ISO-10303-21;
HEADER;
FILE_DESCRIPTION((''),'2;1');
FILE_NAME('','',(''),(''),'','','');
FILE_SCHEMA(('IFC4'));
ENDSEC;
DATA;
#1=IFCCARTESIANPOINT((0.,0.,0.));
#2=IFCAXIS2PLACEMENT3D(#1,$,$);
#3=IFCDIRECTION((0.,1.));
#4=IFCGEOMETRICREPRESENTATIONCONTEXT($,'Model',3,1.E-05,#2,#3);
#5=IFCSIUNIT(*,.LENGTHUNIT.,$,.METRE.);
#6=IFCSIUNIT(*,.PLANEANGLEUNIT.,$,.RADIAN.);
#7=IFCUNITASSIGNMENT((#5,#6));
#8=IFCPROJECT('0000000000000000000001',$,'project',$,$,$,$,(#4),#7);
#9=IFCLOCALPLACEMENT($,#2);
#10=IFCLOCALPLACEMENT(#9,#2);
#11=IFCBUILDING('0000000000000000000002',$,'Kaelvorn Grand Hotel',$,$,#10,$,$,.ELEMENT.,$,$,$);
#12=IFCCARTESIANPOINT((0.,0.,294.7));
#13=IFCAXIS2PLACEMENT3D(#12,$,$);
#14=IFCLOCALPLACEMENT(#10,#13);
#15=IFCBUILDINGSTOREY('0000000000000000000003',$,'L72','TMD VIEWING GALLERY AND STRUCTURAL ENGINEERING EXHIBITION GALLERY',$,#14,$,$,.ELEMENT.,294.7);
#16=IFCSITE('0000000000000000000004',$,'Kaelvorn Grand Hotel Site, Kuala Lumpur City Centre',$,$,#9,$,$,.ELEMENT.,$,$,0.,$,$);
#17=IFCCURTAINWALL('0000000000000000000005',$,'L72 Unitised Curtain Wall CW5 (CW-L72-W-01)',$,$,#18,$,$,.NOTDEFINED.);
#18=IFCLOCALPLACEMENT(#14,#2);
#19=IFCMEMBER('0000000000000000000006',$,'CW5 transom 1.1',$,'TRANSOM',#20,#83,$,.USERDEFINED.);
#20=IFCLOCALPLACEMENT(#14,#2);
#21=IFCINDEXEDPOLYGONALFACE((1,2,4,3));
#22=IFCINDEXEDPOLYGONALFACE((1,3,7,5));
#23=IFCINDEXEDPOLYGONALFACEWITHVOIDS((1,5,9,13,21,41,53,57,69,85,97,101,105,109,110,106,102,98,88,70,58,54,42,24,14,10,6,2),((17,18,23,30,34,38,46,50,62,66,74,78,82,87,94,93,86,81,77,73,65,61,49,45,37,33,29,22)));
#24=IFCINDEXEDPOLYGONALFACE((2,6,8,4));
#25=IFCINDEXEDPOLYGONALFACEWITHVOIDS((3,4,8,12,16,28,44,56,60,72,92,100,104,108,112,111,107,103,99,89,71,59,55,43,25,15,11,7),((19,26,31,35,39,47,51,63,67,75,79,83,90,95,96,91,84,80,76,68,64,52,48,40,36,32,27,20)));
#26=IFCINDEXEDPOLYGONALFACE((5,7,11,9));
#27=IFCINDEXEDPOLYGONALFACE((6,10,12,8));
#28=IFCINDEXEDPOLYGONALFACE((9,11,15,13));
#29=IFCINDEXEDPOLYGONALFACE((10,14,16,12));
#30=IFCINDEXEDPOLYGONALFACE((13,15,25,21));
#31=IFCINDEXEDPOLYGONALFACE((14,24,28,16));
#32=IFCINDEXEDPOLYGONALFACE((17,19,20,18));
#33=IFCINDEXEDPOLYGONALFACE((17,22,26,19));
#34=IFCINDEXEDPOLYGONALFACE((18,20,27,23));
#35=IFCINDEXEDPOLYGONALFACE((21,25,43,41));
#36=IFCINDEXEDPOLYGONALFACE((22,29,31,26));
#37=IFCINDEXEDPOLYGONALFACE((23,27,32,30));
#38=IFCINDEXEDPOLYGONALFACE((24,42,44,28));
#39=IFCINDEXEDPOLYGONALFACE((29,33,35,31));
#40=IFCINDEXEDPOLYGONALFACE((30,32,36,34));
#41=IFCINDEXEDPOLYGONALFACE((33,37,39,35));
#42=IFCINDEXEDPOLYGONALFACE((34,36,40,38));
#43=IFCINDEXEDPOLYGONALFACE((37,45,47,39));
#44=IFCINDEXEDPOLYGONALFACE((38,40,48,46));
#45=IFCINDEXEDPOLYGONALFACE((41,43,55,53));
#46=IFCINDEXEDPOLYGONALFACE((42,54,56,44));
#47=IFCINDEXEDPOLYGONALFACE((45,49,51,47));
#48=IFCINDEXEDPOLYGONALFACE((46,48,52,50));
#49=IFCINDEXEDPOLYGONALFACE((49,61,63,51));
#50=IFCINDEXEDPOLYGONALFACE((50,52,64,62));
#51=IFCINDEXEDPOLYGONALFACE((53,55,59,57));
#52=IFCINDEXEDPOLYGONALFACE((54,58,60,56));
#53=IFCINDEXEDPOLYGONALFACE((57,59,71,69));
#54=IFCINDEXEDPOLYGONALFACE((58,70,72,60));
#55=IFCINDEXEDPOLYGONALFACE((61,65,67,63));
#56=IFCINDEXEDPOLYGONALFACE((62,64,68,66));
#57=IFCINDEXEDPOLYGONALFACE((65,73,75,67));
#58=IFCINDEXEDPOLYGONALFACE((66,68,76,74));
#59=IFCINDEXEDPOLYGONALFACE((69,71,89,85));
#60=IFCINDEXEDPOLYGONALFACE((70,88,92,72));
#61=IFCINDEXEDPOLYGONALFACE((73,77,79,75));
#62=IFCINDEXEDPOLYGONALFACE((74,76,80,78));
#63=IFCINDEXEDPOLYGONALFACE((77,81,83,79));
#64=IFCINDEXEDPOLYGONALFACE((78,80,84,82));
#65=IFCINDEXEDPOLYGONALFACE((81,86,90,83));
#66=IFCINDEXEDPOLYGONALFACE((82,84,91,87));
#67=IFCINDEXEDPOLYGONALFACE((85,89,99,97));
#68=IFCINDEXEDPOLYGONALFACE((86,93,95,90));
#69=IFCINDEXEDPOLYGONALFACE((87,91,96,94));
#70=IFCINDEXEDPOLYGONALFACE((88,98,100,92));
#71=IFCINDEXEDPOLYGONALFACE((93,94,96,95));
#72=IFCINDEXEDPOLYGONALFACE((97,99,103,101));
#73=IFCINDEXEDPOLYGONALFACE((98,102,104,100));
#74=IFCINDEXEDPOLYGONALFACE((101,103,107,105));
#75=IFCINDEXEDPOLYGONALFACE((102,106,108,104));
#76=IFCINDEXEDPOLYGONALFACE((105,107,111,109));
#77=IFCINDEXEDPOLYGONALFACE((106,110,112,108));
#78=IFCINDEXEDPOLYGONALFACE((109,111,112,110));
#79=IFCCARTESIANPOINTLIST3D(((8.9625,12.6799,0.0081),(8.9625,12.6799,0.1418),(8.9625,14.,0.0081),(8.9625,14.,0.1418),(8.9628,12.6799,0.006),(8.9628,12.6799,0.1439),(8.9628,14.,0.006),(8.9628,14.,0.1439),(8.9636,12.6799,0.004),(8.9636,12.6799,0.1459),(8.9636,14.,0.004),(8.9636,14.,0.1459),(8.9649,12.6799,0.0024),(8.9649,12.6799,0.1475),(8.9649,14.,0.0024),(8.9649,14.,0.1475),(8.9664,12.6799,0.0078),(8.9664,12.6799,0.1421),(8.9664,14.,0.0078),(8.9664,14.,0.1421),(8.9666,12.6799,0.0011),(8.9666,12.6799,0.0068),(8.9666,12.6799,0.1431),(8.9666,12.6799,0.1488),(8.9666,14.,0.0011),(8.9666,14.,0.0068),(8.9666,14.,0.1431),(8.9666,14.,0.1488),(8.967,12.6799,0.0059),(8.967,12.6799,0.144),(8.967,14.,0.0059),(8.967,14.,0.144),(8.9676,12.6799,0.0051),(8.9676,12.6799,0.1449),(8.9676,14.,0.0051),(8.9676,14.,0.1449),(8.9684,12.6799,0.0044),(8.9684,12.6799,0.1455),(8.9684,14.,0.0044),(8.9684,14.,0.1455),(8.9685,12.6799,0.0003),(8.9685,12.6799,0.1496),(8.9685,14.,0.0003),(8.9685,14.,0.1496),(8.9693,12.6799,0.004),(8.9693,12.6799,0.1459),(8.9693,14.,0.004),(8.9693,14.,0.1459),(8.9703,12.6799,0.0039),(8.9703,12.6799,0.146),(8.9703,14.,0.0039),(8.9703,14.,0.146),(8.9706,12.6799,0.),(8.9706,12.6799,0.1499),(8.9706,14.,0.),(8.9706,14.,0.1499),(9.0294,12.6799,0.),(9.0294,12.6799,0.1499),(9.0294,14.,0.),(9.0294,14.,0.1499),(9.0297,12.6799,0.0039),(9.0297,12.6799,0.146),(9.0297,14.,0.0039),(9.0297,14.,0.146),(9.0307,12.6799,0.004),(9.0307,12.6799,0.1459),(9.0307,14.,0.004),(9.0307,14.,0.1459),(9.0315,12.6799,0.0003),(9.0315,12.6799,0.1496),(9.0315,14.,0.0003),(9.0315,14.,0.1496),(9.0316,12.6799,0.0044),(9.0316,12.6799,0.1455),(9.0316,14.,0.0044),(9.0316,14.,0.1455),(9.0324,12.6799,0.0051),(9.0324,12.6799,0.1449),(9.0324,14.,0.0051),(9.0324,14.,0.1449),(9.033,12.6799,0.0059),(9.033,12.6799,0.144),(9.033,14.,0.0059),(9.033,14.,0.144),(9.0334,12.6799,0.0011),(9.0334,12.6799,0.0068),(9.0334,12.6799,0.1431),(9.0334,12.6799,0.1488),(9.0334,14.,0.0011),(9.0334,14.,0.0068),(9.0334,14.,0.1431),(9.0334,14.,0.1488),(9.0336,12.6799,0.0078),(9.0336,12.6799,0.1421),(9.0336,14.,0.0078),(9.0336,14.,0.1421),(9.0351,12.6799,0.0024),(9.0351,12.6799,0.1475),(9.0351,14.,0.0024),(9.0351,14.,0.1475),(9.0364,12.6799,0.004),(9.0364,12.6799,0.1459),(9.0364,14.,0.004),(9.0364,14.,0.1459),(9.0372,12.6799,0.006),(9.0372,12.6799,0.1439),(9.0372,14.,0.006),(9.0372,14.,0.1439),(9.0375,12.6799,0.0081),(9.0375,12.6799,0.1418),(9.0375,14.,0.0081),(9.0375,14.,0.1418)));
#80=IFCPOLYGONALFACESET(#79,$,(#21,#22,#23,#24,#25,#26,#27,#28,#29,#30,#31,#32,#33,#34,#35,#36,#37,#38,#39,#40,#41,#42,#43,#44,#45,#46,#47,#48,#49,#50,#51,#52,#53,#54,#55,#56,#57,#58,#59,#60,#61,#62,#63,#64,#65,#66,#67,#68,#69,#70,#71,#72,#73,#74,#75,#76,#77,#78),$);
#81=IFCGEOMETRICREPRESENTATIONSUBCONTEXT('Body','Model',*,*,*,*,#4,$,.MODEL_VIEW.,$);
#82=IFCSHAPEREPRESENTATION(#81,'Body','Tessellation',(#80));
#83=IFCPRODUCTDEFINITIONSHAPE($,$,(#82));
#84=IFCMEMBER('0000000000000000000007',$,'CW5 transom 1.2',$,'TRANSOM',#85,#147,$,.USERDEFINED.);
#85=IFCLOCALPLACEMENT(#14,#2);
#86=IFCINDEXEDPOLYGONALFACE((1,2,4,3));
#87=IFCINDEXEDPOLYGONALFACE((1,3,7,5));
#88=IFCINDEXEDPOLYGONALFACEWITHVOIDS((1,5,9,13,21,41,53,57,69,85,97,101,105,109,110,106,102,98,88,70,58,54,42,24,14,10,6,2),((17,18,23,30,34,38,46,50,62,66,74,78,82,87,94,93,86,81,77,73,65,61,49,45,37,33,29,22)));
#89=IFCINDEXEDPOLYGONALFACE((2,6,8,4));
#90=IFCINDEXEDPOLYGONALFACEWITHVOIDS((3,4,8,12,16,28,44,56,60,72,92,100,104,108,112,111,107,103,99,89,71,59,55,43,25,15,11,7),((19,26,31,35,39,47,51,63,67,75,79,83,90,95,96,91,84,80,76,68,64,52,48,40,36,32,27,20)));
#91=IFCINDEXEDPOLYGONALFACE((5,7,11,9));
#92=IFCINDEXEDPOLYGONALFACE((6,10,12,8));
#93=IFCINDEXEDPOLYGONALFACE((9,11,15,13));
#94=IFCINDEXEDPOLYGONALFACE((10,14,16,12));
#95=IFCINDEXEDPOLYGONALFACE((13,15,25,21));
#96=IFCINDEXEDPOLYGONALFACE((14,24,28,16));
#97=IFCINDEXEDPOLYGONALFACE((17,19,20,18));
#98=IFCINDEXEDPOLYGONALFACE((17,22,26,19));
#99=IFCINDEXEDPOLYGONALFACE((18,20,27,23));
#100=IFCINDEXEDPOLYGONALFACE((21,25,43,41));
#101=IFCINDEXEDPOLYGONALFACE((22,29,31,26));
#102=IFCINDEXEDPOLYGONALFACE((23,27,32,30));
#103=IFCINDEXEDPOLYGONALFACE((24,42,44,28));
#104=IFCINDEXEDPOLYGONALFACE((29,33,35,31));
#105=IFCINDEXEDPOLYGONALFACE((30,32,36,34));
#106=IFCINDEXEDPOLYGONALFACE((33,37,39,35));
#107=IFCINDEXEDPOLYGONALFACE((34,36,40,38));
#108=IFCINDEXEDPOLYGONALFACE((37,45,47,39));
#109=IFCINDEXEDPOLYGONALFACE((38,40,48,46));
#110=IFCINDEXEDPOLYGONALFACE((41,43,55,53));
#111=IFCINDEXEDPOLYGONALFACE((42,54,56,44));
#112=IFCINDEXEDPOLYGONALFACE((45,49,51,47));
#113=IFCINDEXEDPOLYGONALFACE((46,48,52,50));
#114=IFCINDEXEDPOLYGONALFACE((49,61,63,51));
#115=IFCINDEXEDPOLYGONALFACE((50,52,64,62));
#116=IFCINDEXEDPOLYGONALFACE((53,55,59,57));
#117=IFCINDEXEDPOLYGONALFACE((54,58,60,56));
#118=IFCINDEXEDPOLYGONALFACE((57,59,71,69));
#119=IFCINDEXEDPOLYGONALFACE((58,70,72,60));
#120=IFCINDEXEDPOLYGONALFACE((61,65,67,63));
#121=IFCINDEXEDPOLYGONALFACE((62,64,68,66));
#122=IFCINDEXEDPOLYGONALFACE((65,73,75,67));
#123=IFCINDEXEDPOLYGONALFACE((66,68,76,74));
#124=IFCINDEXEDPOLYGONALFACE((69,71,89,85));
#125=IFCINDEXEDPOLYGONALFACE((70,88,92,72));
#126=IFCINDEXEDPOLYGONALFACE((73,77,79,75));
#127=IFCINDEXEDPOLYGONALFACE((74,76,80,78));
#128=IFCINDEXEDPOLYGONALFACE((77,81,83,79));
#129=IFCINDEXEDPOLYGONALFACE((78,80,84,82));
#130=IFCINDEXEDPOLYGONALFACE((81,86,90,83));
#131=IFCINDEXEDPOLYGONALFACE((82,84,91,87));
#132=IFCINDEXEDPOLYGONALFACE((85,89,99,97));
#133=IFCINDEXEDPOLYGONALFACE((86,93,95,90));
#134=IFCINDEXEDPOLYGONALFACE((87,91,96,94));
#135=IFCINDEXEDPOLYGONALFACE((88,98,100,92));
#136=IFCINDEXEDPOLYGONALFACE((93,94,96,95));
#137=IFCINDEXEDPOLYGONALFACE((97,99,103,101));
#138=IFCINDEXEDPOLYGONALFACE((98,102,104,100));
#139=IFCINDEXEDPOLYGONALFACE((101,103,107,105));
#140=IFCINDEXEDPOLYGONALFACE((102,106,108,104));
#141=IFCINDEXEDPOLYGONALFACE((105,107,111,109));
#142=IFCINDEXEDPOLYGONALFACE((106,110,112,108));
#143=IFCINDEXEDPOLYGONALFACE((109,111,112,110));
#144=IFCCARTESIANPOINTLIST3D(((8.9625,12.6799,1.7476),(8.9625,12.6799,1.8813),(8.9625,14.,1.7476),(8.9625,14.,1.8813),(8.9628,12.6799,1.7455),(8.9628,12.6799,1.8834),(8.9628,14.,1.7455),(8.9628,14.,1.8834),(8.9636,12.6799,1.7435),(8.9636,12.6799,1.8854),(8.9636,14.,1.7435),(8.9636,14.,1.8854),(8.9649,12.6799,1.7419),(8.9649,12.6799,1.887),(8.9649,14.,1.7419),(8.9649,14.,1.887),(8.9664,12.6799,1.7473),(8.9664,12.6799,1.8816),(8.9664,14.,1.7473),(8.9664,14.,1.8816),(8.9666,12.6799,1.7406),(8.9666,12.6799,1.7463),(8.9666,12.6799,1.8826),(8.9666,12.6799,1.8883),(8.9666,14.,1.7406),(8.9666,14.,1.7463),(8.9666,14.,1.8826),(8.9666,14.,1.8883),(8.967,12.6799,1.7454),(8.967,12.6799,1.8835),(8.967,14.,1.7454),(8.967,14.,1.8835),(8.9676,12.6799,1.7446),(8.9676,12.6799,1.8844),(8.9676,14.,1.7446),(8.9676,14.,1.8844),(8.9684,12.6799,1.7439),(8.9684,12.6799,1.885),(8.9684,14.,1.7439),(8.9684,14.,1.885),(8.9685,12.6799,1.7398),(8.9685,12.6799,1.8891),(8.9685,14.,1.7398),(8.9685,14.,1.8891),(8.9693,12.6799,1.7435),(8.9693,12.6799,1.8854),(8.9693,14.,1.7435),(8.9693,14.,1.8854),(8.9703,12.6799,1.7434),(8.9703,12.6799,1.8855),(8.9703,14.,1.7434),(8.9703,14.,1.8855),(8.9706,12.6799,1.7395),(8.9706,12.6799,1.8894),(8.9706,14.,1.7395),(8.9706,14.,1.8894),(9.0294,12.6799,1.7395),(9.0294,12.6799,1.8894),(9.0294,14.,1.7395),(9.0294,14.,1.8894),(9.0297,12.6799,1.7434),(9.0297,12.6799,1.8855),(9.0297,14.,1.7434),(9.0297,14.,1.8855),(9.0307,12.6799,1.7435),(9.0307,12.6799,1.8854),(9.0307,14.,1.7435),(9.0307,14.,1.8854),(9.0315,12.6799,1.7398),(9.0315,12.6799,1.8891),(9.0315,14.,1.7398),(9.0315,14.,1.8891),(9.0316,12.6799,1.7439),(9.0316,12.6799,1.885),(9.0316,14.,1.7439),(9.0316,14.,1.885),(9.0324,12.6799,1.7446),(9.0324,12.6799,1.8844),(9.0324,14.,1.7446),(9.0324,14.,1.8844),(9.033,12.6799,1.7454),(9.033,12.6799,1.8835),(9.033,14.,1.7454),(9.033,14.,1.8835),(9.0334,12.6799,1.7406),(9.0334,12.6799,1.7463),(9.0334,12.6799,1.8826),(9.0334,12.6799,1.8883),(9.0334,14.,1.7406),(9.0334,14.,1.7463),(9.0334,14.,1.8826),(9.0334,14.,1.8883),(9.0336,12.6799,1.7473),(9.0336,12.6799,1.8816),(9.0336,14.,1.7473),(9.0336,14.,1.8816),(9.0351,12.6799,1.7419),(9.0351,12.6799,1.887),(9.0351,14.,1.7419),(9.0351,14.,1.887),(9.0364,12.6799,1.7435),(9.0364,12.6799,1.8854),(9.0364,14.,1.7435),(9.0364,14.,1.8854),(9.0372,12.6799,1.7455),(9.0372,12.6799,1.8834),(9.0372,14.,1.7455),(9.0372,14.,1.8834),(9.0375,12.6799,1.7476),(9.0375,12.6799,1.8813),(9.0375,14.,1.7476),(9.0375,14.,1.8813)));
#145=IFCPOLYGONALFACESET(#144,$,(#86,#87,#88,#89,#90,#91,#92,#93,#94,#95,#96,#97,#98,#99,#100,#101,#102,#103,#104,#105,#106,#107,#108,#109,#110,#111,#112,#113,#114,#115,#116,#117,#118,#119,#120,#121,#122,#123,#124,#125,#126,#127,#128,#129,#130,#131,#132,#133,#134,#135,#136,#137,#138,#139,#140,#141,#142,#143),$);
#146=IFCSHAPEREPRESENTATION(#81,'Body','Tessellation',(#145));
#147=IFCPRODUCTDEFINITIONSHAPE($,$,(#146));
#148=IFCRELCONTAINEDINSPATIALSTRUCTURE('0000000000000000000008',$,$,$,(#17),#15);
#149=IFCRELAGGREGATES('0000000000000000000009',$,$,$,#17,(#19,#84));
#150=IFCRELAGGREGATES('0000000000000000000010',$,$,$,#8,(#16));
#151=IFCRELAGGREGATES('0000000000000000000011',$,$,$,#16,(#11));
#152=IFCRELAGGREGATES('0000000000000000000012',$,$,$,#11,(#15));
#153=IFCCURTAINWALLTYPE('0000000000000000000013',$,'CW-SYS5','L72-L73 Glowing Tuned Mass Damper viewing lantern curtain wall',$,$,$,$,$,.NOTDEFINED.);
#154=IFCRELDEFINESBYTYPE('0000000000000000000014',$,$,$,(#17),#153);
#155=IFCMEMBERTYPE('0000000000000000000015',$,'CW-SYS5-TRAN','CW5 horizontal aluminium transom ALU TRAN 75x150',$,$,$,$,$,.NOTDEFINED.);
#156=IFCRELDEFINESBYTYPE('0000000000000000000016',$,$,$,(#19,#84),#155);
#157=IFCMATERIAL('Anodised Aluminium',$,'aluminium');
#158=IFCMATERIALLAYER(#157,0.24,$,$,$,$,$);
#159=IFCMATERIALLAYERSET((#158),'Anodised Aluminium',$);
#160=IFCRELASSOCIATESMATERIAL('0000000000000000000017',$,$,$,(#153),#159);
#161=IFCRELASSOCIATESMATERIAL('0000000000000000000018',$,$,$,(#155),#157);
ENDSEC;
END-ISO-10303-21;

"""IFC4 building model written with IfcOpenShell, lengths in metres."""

from ifc_helpers import new_model, si_unit, direction, frame, origin, origin_2d, place, context, subcontext, project, spatial, hollow_rectangle, extrude, material, layer, layer_set, material_profile, profile_set, type_object, element, aggregate, save


model = new_model("IFC4")

# Units and contexts
model_context = context("Model", 3, precision=1e-05, world=origin(), true_north=direction((0.0, 1.0)))
body_context = subcontext(model_context, "Body", "Model", "MODEL_VIEW")
ifc_project = project(units=[si_unit("LENGTHUNIT", "METRE"), si_unit("PLANEANGLEUNIT", "RADIAN")], contexts=[model_context])

# Site, building, storey
site_placement = place(None, origin())
site = spatial("IfcSite", under=ifc_project, at=site_placement, Name="Kaelvorn Grand Hotel Site, Kuala Lumpur City Centre", CompositionType="ELEMENT", RefElevation=0.0)
building_placement = place(site_placement, origin())
building = spatial("IfcBuilding", under=site, at=building_placement, Name="Kaelvorn Grand Hotel", CompositionType="ELEMENT")
storey_placement = place(building_placement, frame((0.0, 0.0, 294.7)))
storey = spatial("IfcBuildingStorey", under=building, at=storey_placement, Name="L72", Description="TMD VIEWING GALLERY AND STRUCTURAL ENGINEERING EXHIBITION GALLERY", CompositionType="ELEMENT", Elevation=294.7)

# Curtain wall
ifc_material_1 = material(Name="Anodised Aluminium", Category="aluminium")
ifc_layer_1 = layer(ifc_material_1, 0.24)
ifc_layer_set_1 = layer_set([ifc_layer_1], Name="Anodised Aluminium")
curtain_wall_type = type_object("IfcCurtainWallType", Name="CW-SYS5", Description="L72-L73 Glowing Tuned Mass Damper viewing lantern curtain wall", PredefinedType="NOTDEFINED", material=ifc_layer_set_1)
curtain_wall_1_placement = place(storey_placement, origin())
curtain_wall_1 = element("IfcCurtainWall", 1, at=curtain_wall_1_placement, inside=storey, type_object=curtain_wall_type, Name="L72 Unitised Curtain Wall CW5 (CW-L72-W-01)", PredefinedType="NOTDEFINED")

# Members
ifc_material_profile_1 = material_profile(ifc_material_1, hollow_rectangle(XDim=0.075, YDim=0.1499, WallThickness=0.0039, InnerFilletRadius=0.0039, OuterFilletRadius=0.0081, at=origin_2d()), Name="ALU TRAN 75x150")
ifc_profile_set_1 = profile_set([ifc_material_profile_1], Name="Anodised Aluminium")
member_type_1 = type_object("IfcMemberType", Name="CW-SYS5-TRAN", Description="CW5 horizontal aluminium transom ALU TRAN 75x150", PredefinedType="NOTDEFINED", material=ifc_profile_set_1)
member_1_placement = place(storey_placement, frame((9.0, 14.0, 0.075), z_axis=(0.0, -1.0, 0.0), x_axis=(1.0, 0.0, 0.0)))
member_1 = element("IfcMember", 2, at=member_1_placement, type_object=member_type_1, Name="CW5 transom 1.1", ObjectType="TRANSOM", PredefinedType="USERDEFINED", context=body_context, shape_type="SweptSolid", body=[
    extrude(hollow_rectangle(XDim=0.075, YDim=0.1499, WallThickness=0.0039, InnerFilletRadius=0.0039, OuterFilletRadius=0.0081, at=origin_2d()), origin(), (0.0, 0.0, 1.0), 1.3201),
])
member_2_placement = place(storey_placement, frame((9.0, 14.0, 1.8145), z_axis=(0.0, -1.0, 0.0), x_axis=(1.0, 0.0, 0.0)))
member_2 = element("IfcMember", 3, at=member_2_placement, type_object=member_type_1, Name="CW5 transom 1.2", ObjectType="TRANSOM", PredefinedType="USERDEFINED", context=body_context, shape_type="SweptSolid", body=[
    extrude(hollow_rectangle(XDim=0.075, YDim=0.1499, WallThickness=0.0039, InnerFilletRadius=0.0039, OuterFilletRadius=0.0081, at=origin_2d()), origin(), (0.0, 0.0, 1.0), 1.3201),
])

aggregate(curtain_wall_1, [member_1, member_2])

save(model, "model.ifc")
